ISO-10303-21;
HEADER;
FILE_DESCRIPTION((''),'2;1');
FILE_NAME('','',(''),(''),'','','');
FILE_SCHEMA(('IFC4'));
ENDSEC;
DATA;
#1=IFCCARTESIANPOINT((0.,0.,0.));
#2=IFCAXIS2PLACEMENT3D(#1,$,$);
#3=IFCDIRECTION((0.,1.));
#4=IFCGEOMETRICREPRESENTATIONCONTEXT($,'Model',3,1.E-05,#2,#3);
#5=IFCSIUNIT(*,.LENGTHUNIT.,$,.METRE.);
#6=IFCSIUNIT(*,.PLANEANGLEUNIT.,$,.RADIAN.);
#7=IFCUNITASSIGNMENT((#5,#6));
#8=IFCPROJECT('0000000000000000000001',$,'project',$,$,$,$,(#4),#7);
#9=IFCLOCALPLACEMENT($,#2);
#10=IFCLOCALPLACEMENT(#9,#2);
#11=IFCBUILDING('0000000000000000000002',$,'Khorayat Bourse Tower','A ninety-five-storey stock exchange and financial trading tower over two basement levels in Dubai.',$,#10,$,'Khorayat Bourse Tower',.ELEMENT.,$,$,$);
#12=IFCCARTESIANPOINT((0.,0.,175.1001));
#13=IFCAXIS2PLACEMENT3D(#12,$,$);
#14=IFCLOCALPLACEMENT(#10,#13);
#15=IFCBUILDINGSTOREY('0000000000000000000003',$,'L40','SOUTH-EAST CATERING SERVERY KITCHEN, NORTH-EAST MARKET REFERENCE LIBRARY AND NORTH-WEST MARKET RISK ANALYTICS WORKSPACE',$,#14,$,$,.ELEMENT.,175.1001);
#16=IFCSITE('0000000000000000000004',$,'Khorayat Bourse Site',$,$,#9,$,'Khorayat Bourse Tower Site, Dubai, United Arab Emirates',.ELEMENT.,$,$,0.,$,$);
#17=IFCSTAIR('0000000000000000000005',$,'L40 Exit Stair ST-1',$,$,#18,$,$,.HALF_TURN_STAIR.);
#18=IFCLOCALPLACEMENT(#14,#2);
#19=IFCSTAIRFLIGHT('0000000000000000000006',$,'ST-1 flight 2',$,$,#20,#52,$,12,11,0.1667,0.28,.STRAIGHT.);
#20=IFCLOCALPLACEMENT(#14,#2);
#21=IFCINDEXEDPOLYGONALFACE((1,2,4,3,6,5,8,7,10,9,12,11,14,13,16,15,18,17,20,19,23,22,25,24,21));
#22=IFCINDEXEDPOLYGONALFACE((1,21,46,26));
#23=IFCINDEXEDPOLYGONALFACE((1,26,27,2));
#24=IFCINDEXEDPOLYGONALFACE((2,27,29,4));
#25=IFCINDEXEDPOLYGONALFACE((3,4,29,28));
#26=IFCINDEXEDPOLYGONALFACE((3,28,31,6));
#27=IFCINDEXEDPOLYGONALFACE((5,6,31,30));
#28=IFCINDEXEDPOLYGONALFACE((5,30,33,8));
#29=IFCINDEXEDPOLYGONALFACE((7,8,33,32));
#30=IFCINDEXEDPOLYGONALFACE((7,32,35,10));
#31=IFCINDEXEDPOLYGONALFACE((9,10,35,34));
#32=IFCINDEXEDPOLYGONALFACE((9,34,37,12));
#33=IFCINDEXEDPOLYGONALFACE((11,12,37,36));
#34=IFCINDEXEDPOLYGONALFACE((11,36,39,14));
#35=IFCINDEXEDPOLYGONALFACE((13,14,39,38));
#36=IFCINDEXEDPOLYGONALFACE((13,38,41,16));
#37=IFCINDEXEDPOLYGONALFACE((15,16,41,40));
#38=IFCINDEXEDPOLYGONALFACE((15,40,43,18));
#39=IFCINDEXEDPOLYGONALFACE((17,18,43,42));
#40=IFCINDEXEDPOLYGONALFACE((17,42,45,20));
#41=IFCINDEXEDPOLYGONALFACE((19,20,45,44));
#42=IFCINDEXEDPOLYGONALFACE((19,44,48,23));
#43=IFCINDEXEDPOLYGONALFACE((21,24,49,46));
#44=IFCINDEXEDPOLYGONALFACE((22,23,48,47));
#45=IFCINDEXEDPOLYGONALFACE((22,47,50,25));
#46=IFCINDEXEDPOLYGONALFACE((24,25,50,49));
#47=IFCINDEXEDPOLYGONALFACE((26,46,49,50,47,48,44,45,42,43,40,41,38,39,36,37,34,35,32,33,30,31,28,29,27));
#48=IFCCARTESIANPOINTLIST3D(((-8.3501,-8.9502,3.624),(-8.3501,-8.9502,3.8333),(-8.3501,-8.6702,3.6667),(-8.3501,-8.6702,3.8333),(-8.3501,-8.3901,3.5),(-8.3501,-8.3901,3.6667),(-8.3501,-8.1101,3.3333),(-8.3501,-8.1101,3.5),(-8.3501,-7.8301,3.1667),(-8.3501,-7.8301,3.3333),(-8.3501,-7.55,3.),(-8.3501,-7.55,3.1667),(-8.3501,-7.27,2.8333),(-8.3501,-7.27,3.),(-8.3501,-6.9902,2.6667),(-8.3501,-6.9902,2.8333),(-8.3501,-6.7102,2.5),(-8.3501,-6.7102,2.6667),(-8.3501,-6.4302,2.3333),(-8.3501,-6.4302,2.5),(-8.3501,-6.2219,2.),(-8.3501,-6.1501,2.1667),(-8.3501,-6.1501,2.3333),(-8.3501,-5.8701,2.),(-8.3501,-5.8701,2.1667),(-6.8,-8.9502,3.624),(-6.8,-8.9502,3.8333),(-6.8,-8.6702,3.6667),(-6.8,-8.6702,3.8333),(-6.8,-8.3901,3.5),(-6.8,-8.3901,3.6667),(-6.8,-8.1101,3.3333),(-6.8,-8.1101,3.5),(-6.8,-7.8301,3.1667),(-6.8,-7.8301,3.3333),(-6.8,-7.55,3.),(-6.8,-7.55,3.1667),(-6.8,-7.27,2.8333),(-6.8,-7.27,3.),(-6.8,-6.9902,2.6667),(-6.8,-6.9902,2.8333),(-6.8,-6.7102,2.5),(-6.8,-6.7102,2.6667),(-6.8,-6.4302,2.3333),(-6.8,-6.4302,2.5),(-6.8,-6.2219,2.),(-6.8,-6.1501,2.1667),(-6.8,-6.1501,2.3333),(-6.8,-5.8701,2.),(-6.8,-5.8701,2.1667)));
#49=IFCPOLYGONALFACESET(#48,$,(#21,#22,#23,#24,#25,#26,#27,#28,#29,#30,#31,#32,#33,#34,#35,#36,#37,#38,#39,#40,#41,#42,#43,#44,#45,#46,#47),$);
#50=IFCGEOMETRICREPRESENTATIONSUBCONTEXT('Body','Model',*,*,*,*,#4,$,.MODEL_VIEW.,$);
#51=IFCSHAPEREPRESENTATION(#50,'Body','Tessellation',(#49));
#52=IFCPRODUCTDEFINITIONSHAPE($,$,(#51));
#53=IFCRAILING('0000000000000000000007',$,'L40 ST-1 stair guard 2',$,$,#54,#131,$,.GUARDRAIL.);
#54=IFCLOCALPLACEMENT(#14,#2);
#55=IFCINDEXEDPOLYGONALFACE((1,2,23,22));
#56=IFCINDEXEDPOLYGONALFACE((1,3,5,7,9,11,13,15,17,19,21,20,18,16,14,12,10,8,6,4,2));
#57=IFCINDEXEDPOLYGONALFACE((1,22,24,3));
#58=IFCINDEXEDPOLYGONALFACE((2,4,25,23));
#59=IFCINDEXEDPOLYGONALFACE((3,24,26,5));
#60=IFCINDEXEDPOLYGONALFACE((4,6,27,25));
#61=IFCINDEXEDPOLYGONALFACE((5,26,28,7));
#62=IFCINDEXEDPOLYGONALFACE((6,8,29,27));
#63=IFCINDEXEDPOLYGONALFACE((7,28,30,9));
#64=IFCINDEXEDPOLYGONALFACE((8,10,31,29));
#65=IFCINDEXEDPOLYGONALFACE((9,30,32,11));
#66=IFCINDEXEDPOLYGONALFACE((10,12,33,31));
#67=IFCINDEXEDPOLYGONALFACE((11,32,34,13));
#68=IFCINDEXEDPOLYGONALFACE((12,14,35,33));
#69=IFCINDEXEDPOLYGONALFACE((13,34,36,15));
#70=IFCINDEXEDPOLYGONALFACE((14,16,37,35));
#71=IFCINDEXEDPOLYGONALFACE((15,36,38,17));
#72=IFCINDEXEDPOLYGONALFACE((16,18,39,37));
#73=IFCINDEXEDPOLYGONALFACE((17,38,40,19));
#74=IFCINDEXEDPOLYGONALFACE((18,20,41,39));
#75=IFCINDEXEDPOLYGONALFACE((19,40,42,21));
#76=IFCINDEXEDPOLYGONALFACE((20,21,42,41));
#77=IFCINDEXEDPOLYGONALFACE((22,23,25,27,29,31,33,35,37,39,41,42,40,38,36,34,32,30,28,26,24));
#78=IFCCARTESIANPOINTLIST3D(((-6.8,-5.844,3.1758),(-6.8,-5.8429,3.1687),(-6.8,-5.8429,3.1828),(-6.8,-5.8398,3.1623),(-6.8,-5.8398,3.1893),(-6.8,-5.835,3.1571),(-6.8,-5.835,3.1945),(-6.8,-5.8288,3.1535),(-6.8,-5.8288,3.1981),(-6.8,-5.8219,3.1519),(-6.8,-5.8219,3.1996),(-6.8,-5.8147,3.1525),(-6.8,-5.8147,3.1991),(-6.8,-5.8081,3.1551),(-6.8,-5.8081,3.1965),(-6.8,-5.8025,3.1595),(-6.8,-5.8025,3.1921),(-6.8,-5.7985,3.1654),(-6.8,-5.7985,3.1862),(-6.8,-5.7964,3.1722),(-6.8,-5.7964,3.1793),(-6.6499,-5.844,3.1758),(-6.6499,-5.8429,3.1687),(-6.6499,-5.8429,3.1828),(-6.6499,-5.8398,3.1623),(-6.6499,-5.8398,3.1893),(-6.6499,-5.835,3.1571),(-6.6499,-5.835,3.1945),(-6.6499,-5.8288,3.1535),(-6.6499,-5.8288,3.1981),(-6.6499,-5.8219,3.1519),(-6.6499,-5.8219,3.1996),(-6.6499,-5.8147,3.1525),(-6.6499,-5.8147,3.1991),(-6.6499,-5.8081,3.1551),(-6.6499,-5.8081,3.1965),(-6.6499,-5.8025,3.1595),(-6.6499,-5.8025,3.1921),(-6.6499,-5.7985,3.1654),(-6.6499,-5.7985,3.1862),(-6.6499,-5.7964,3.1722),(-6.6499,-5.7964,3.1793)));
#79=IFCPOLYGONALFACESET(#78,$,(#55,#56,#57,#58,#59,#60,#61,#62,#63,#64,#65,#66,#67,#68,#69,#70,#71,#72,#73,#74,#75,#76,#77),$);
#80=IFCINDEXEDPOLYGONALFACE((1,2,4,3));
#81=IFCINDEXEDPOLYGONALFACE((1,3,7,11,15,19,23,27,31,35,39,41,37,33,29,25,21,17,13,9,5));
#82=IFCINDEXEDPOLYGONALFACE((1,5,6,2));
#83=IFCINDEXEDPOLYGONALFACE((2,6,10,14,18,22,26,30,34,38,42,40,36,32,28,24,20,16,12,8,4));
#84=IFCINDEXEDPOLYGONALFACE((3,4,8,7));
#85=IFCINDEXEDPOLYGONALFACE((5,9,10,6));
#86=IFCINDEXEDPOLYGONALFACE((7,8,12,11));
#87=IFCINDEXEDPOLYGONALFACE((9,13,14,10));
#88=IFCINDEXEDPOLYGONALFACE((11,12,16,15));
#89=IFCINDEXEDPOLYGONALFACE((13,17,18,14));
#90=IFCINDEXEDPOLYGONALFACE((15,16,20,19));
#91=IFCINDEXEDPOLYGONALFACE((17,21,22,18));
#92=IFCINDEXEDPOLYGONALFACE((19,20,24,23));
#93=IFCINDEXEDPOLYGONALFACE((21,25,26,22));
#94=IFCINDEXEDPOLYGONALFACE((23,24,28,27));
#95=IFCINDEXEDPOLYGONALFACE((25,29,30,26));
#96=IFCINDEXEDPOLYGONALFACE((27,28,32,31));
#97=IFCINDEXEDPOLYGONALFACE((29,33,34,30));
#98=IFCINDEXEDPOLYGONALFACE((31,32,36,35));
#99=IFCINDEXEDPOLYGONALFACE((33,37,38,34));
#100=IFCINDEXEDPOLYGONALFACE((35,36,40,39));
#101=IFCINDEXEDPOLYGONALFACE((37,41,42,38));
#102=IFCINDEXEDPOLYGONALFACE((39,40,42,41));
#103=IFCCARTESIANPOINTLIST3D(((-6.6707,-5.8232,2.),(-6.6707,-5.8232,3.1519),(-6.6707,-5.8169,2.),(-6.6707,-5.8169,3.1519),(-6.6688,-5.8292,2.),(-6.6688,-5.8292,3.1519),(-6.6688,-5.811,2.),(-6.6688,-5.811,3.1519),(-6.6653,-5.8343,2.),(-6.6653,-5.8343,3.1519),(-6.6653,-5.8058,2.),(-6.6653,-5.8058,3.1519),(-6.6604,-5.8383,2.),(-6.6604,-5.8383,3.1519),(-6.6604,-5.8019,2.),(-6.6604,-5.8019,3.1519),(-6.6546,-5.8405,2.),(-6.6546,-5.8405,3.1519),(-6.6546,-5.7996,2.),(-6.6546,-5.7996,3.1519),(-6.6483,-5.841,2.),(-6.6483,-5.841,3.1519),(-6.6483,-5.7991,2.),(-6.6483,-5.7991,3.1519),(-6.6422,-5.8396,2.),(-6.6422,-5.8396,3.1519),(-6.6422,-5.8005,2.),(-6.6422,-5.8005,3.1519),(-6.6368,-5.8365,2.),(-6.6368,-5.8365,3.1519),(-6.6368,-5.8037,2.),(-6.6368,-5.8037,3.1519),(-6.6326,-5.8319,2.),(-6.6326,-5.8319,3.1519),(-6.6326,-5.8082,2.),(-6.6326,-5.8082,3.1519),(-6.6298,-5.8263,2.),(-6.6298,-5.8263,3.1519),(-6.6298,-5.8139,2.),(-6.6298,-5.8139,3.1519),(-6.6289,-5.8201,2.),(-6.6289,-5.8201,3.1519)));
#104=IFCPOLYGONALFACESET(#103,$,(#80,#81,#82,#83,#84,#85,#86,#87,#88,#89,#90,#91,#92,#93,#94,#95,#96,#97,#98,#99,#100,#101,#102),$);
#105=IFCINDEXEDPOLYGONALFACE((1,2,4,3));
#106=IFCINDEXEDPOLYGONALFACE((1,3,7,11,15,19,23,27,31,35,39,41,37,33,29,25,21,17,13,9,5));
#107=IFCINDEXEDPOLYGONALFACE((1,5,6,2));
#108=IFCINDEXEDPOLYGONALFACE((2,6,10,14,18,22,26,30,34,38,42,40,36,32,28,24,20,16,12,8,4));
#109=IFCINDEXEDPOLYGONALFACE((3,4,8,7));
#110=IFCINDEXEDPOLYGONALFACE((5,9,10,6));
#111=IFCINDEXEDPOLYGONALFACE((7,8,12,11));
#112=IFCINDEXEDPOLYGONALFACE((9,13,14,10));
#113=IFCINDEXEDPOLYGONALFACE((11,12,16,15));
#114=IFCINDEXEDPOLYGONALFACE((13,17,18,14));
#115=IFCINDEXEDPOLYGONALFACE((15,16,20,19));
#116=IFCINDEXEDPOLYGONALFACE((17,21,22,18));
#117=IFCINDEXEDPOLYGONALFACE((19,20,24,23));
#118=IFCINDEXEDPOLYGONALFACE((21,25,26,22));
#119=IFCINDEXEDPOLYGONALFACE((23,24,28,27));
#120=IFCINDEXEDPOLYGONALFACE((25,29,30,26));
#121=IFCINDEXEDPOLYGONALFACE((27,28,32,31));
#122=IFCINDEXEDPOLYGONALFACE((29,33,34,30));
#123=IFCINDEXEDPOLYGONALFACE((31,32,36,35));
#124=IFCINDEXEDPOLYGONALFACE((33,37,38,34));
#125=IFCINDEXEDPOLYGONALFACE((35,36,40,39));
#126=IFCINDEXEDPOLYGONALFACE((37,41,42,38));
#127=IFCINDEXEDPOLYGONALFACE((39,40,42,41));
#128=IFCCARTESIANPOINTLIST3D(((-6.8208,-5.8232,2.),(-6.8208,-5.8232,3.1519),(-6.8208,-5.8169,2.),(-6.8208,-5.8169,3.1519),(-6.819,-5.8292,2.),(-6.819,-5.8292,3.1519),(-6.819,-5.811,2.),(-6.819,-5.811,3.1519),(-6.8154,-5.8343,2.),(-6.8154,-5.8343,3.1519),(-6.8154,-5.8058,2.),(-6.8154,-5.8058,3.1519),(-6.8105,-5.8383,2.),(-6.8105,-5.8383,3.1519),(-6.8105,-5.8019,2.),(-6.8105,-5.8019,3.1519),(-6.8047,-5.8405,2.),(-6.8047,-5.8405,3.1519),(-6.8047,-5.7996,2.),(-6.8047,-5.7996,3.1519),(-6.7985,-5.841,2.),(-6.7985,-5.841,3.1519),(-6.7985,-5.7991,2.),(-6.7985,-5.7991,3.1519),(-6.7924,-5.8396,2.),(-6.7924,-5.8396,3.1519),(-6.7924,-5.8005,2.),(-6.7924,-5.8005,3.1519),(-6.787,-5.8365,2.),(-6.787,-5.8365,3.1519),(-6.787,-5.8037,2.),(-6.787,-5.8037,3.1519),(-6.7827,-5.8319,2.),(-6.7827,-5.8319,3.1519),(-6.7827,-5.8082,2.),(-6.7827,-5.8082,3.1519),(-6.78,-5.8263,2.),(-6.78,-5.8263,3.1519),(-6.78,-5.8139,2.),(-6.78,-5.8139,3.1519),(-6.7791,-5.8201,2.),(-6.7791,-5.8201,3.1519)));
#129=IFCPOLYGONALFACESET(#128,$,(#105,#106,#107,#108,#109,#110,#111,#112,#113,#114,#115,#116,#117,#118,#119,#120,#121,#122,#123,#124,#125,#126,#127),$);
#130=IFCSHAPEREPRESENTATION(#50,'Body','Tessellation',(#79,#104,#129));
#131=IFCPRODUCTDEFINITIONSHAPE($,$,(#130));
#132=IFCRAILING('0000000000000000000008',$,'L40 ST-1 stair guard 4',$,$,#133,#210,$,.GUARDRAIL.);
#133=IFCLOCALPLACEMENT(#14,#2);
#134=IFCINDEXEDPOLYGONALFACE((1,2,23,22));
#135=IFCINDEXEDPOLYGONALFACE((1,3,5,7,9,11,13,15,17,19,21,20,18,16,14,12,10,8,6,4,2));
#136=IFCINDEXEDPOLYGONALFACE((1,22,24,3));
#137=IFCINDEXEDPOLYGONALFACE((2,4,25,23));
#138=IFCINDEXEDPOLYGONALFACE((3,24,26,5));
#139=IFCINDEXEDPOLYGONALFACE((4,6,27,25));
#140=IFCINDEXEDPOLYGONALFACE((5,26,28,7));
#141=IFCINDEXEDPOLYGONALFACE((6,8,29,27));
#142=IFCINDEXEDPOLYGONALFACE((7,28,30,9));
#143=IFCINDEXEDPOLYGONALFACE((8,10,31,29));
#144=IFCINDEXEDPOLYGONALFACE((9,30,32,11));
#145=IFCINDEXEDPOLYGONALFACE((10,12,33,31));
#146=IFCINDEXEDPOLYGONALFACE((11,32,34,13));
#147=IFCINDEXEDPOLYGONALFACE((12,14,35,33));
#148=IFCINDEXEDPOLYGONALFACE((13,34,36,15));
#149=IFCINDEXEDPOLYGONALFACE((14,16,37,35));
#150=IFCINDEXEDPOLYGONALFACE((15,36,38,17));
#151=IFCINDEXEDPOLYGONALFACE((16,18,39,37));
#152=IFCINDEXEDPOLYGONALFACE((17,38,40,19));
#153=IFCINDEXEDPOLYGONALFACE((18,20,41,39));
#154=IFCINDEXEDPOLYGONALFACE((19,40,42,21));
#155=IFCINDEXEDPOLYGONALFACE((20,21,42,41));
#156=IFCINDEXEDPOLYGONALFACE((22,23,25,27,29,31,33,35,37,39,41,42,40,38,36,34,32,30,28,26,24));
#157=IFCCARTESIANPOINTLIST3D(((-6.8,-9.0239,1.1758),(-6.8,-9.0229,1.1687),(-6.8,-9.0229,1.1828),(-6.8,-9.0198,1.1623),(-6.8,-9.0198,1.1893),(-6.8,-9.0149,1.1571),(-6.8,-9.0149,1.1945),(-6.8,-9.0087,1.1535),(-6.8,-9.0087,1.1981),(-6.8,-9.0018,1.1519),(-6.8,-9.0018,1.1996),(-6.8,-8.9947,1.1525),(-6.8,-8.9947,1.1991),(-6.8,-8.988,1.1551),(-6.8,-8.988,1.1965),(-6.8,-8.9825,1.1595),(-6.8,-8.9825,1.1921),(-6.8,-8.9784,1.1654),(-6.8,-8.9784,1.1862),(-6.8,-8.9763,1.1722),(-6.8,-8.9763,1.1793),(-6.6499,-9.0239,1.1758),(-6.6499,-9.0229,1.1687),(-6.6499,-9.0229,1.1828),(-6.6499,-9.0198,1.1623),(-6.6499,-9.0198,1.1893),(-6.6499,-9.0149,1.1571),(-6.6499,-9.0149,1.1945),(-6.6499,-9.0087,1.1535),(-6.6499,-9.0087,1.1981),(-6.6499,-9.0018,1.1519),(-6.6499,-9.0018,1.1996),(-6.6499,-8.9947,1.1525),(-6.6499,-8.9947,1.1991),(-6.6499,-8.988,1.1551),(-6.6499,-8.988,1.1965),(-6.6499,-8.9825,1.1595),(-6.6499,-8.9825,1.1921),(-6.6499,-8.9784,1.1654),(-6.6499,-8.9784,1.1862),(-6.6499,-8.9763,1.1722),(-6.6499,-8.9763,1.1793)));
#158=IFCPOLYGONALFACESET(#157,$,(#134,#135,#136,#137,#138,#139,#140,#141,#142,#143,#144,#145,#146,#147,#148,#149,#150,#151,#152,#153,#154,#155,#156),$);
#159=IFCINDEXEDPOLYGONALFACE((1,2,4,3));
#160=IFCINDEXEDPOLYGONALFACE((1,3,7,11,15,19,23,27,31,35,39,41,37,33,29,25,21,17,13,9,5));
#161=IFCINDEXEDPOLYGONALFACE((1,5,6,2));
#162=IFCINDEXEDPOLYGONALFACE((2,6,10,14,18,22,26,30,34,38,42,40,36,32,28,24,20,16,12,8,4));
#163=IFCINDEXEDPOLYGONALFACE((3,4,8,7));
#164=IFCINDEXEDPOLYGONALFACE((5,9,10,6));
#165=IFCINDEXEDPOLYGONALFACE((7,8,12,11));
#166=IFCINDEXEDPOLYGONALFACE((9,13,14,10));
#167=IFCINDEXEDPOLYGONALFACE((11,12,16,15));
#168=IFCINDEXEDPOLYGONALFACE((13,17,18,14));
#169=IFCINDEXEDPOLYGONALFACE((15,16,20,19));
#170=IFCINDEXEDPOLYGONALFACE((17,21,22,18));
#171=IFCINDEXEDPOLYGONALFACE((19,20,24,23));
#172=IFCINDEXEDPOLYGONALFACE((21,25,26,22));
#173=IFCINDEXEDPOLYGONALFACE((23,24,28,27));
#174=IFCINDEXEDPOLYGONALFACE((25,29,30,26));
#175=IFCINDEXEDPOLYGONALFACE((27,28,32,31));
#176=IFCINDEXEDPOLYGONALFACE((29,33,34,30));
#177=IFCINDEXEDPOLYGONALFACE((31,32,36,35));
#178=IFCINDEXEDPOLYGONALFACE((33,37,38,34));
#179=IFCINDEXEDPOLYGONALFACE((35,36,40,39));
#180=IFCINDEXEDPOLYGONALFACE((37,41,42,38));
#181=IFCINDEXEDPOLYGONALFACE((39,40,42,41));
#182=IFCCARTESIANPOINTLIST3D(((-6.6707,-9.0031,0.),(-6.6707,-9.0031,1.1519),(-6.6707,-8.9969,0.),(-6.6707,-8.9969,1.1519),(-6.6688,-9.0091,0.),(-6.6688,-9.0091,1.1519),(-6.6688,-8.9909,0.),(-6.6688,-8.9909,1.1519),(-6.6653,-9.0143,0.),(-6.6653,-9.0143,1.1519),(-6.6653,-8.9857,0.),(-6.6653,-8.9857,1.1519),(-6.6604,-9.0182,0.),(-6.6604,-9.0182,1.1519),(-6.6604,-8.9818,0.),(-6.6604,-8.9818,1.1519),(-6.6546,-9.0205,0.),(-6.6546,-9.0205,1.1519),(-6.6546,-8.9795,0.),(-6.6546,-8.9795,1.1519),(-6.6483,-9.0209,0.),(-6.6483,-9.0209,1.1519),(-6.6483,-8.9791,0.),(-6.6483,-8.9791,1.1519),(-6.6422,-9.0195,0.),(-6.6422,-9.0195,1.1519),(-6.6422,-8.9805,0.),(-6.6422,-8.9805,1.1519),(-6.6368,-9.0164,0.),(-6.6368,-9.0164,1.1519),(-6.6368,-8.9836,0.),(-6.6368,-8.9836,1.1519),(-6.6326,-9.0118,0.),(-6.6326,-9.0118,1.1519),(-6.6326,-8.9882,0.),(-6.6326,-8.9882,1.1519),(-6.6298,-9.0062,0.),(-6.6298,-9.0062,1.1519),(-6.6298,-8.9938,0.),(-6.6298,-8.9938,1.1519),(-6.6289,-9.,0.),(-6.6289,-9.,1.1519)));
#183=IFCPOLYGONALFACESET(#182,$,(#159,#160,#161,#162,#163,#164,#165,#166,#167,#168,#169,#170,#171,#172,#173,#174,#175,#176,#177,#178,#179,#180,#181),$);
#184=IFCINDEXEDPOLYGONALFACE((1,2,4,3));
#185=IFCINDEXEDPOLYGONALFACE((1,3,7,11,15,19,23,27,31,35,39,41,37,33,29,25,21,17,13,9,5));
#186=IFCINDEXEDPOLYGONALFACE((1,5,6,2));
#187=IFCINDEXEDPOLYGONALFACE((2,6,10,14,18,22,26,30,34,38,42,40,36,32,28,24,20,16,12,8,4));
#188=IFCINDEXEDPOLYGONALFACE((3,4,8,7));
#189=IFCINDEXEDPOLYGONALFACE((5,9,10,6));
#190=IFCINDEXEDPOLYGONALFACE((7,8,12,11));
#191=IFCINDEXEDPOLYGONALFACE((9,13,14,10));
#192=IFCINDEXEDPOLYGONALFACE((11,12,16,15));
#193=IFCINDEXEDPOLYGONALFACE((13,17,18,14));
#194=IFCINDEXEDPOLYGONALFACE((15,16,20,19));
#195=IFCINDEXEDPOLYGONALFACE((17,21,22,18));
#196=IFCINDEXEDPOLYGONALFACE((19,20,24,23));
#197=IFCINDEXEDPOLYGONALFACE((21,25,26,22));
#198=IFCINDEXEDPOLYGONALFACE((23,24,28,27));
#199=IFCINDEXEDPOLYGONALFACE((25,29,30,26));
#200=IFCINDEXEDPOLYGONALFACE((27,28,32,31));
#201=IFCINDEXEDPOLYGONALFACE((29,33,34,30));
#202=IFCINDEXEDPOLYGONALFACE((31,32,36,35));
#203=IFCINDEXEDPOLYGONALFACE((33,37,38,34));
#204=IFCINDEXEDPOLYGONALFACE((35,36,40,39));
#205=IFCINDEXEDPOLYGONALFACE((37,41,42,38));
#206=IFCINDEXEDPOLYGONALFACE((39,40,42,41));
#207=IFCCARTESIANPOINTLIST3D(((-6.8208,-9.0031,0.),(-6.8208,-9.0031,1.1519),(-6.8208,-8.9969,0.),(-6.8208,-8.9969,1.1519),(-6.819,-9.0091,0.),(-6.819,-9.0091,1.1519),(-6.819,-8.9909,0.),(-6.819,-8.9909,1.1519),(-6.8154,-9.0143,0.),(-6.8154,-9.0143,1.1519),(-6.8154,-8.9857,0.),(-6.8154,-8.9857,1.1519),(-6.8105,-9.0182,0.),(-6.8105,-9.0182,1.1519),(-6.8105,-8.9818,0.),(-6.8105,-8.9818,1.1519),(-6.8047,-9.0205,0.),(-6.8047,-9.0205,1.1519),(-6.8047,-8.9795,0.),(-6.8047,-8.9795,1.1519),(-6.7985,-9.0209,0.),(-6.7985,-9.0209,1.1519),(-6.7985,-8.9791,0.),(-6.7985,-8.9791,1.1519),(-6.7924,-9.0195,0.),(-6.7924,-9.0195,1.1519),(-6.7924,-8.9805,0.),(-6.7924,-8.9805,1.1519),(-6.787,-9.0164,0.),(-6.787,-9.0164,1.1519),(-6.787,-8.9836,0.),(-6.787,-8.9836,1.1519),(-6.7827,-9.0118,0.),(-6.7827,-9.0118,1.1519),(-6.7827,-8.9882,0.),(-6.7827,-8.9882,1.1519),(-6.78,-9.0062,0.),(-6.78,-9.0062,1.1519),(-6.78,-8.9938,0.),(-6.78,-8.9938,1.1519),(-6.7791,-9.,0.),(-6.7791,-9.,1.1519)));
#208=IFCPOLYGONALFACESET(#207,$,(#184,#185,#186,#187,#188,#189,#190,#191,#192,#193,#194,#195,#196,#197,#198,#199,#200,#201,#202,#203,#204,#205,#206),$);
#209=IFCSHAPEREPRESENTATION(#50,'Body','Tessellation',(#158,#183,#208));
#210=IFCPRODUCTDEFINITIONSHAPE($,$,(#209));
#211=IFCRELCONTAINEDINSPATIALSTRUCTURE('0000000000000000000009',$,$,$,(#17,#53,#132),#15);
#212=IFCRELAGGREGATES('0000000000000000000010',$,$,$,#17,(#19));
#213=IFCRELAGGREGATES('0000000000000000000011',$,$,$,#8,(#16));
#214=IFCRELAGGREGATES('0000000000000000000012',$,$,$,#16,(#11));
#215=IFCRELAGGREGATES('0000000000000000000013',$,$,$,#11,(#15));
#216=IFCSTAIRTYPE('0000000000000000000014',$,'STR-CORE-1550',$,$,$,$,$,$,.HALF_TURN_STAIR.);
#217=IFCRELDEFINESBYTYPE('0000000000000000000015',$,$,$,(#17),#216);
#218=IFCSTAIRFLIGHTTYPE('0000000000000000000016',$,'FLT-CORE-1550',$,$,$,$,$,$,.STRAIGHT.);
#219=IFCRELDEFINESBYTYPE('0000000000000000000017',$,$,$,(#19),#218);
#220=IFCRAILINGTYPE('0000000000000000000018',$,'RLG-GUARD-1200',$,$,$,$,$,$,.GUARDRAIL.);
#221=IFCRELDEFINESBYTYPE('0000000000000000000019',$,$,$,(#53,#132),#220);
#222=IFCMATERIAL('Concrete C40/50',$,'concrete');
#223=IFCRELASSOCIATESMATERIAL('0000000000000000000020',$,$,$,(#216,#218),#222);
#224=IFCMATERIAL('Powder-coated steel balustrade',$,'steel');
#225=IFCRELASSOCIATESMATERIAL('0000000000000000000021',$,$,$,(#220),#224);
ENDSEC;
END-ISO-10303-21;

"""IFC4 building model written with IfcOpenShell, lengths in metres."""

from ifc_helpers import new_model, si_unit, direction, frame, origin, origin_2d, place, context, subcontext, project, spatial, polyline, circle, outline, extrude, source, transform, mapped, material, type_object, element, aggregate, save


model = new_model("IFC4")

# Units and contexts
model_context = context("Model", 3, precision=1e-05, world=origin(), true_north=direction((0.0, 1.0)))
body_context = subcontext(model_context, "Body", "Model", "MODEL_VIEW")
ifc_project = project(units=[si_unit("LENGTHUNIT", "METRE"), si_unit("PLANEANGLEUNIT", "RADIAN")], contexts=[model_context])

# Site, building, storey
site_placement = place(None, origin())
site = spatial("IfcSite", under=ifc_project, at=site_placement, Name="Khorayat Bourse Site", LongName="Khorayat Bourse Tower Site, Dubai, United Arab Emirates", CompositionType="ELEMENT", RefElevation=0.0)
building_placement = place(site_placement, origin())
building = spatial("IfcBuilding", under=site, at=building_placement, Name="Khorayat Bourse Tower", Description="A ninety-five-storey stock exchange and financial trading tower over two basement levels in Dubai.", LongName="Khorayat Bourse Tower", CompositionType="ELEMENT")
storey_placement = place(building_placement, frame((0.0, 0.0, 175.1001)))
storey = spatial("IfcBuildingStorey", under=building, at=storey_placement, Name="L40", Description="SOUTH-EAST CATERING SERVERY KITCHEN, NORTH-EAST MARKET REFERENCE LIBRARY AND NORTH-WEST MARKET RISK ANALYTICS WORKSPACE", CompositionType="ELEMENT", Elevation=175.1001)

# Stair, stair flight
ifc_material_1 = material(Name="Concrete C40/50", Category="concrete")
stair_type = type_object("IfcStairType", Name="STR-CORE-1550", PredefinedType="HALF_TURN_STAIR", material=ifc_material_1)
stair_placement = place(storey_placement, origin())
stair = element("IfcStair", 1, at=stair_placement, inside=storey, type_object=stair_type, Name="L40 Exit Stair ST-1", PredefinedType="HALF_TURN_STAIR")
stair_flight_type = type_object("IfcStairFlightType", Name="FLT-CORE-1550", PredefinedType="STRAIGHT", material=ifc_material_1)
shared_shape_1 = source(origin(), body_context, "Body", "SweptSolid", [
    extrude(outline(polyline([(0.0, 0.0), (0.0, 0.1667), (0.28, 0.1667), (0.28, 0.3333), (0.5601, 0.3333), (0.5601, 0.5), (0.8401, 0.5), (0.8401, 0.6667), (1.1201, 0.6667), (1.1201, 0.8333), (1.3999, 0.8333), (1.3999, 1.0), (1.6799, 1.0), (1.6799, 1.1667), (1.96, 1.1667), (1.96, 1.3333), (2.24, 1.3333), (2.24, 1.5), (2.52, 1.5), (2.52, 1.6667), (2.8, 1.6667), (2.8, 1.8333), (3.0801, 1.8333), (3.0801, 2.0), (3.0801, 1.624), (0.3518, 0.0), (0.0, 0.0)])), frame((0.0, 0.7749, 0.0), z_axis=(0.0, -1.0, 0.0), x_axis=(1.0, 0.0, 0.0)), (0.0, 0.0, 1.0), 1.55),
])
stair_flight_1_placement = place(storey_placement, frame((-7.575, -5.8701, 2.0), z_axis=(0.0, 0.0, 1.0), x_axis=(0.0, -1.0, 0.0)))
stair_flight_1 = element("IfcStairFlight", 2, at=stair_flight_1_placement, type_object=stair_flight_type, Name="ST-1 flight 2", NumberOfRisers=12, NumberOfTreads=11, PredefinedType="STRAIGHT", RiserHeight=0.1667, TreadLength=0.28, context=body_context, shape_type="MappedRepresentation", body=[
    mapped(shared_shape_1, transform((0.0, 0.0, 0.0), scale=1.0)),
])
aggregate(stair, [stair_flight_1])

# Railings
ifc_material_2 = material(Name="Powder-coated steel balustrade", Category="steel")
railing_type_1 = type_object("IfcRailingType", Name="RLG-GUARD-1200", PredefinedType="GUARDRAIL", material=ifc_material_2)
shared_shape_2 = source(origin(), body_context, "Body", "SweptSolid", [
    extrude(circle(Radius=0.0239, at=origin_2d()), frame((0.0, 0.0, 1.1758), z_axis=(-1.0, 0.0, 0.0), x_axis=(0.0, -1.0, 0.0)), (0.0, 0.0, 1.0), 0.1501),
    extrude(circle(Radius=0.021, at=origin_2d()), origin(), (0.0, 0.0, 1.0), 1.1519),
    extrude(circle(Radius=0.021, at=origin_2d()), frame((-0.1501, 0.0, 0.0)), (0.0, 0.0, 1.0), 1.1519),
])
for number, where, name in (
    (3, (-6.6499, -5.8201, 2.0), "L40 ST-1 stair guard 2"),
    (4, (-6.6499, -9.0, 0.0), "L40 ST-1 stair guard 4"),
):
    element("IfcRailing", number, at=place(storey_placement, frame(where)), inside=storey, type_object=railing_type_1, Name=name, PredefinedType="GUARDRAIL", context=body_context, shape_type="MappedRepresentation", body=[
        mapped(shared_shape_2, transform((0.0, 0.0, 0.0), scale=1.0)),
    ])

save(model, "model.ifc")
